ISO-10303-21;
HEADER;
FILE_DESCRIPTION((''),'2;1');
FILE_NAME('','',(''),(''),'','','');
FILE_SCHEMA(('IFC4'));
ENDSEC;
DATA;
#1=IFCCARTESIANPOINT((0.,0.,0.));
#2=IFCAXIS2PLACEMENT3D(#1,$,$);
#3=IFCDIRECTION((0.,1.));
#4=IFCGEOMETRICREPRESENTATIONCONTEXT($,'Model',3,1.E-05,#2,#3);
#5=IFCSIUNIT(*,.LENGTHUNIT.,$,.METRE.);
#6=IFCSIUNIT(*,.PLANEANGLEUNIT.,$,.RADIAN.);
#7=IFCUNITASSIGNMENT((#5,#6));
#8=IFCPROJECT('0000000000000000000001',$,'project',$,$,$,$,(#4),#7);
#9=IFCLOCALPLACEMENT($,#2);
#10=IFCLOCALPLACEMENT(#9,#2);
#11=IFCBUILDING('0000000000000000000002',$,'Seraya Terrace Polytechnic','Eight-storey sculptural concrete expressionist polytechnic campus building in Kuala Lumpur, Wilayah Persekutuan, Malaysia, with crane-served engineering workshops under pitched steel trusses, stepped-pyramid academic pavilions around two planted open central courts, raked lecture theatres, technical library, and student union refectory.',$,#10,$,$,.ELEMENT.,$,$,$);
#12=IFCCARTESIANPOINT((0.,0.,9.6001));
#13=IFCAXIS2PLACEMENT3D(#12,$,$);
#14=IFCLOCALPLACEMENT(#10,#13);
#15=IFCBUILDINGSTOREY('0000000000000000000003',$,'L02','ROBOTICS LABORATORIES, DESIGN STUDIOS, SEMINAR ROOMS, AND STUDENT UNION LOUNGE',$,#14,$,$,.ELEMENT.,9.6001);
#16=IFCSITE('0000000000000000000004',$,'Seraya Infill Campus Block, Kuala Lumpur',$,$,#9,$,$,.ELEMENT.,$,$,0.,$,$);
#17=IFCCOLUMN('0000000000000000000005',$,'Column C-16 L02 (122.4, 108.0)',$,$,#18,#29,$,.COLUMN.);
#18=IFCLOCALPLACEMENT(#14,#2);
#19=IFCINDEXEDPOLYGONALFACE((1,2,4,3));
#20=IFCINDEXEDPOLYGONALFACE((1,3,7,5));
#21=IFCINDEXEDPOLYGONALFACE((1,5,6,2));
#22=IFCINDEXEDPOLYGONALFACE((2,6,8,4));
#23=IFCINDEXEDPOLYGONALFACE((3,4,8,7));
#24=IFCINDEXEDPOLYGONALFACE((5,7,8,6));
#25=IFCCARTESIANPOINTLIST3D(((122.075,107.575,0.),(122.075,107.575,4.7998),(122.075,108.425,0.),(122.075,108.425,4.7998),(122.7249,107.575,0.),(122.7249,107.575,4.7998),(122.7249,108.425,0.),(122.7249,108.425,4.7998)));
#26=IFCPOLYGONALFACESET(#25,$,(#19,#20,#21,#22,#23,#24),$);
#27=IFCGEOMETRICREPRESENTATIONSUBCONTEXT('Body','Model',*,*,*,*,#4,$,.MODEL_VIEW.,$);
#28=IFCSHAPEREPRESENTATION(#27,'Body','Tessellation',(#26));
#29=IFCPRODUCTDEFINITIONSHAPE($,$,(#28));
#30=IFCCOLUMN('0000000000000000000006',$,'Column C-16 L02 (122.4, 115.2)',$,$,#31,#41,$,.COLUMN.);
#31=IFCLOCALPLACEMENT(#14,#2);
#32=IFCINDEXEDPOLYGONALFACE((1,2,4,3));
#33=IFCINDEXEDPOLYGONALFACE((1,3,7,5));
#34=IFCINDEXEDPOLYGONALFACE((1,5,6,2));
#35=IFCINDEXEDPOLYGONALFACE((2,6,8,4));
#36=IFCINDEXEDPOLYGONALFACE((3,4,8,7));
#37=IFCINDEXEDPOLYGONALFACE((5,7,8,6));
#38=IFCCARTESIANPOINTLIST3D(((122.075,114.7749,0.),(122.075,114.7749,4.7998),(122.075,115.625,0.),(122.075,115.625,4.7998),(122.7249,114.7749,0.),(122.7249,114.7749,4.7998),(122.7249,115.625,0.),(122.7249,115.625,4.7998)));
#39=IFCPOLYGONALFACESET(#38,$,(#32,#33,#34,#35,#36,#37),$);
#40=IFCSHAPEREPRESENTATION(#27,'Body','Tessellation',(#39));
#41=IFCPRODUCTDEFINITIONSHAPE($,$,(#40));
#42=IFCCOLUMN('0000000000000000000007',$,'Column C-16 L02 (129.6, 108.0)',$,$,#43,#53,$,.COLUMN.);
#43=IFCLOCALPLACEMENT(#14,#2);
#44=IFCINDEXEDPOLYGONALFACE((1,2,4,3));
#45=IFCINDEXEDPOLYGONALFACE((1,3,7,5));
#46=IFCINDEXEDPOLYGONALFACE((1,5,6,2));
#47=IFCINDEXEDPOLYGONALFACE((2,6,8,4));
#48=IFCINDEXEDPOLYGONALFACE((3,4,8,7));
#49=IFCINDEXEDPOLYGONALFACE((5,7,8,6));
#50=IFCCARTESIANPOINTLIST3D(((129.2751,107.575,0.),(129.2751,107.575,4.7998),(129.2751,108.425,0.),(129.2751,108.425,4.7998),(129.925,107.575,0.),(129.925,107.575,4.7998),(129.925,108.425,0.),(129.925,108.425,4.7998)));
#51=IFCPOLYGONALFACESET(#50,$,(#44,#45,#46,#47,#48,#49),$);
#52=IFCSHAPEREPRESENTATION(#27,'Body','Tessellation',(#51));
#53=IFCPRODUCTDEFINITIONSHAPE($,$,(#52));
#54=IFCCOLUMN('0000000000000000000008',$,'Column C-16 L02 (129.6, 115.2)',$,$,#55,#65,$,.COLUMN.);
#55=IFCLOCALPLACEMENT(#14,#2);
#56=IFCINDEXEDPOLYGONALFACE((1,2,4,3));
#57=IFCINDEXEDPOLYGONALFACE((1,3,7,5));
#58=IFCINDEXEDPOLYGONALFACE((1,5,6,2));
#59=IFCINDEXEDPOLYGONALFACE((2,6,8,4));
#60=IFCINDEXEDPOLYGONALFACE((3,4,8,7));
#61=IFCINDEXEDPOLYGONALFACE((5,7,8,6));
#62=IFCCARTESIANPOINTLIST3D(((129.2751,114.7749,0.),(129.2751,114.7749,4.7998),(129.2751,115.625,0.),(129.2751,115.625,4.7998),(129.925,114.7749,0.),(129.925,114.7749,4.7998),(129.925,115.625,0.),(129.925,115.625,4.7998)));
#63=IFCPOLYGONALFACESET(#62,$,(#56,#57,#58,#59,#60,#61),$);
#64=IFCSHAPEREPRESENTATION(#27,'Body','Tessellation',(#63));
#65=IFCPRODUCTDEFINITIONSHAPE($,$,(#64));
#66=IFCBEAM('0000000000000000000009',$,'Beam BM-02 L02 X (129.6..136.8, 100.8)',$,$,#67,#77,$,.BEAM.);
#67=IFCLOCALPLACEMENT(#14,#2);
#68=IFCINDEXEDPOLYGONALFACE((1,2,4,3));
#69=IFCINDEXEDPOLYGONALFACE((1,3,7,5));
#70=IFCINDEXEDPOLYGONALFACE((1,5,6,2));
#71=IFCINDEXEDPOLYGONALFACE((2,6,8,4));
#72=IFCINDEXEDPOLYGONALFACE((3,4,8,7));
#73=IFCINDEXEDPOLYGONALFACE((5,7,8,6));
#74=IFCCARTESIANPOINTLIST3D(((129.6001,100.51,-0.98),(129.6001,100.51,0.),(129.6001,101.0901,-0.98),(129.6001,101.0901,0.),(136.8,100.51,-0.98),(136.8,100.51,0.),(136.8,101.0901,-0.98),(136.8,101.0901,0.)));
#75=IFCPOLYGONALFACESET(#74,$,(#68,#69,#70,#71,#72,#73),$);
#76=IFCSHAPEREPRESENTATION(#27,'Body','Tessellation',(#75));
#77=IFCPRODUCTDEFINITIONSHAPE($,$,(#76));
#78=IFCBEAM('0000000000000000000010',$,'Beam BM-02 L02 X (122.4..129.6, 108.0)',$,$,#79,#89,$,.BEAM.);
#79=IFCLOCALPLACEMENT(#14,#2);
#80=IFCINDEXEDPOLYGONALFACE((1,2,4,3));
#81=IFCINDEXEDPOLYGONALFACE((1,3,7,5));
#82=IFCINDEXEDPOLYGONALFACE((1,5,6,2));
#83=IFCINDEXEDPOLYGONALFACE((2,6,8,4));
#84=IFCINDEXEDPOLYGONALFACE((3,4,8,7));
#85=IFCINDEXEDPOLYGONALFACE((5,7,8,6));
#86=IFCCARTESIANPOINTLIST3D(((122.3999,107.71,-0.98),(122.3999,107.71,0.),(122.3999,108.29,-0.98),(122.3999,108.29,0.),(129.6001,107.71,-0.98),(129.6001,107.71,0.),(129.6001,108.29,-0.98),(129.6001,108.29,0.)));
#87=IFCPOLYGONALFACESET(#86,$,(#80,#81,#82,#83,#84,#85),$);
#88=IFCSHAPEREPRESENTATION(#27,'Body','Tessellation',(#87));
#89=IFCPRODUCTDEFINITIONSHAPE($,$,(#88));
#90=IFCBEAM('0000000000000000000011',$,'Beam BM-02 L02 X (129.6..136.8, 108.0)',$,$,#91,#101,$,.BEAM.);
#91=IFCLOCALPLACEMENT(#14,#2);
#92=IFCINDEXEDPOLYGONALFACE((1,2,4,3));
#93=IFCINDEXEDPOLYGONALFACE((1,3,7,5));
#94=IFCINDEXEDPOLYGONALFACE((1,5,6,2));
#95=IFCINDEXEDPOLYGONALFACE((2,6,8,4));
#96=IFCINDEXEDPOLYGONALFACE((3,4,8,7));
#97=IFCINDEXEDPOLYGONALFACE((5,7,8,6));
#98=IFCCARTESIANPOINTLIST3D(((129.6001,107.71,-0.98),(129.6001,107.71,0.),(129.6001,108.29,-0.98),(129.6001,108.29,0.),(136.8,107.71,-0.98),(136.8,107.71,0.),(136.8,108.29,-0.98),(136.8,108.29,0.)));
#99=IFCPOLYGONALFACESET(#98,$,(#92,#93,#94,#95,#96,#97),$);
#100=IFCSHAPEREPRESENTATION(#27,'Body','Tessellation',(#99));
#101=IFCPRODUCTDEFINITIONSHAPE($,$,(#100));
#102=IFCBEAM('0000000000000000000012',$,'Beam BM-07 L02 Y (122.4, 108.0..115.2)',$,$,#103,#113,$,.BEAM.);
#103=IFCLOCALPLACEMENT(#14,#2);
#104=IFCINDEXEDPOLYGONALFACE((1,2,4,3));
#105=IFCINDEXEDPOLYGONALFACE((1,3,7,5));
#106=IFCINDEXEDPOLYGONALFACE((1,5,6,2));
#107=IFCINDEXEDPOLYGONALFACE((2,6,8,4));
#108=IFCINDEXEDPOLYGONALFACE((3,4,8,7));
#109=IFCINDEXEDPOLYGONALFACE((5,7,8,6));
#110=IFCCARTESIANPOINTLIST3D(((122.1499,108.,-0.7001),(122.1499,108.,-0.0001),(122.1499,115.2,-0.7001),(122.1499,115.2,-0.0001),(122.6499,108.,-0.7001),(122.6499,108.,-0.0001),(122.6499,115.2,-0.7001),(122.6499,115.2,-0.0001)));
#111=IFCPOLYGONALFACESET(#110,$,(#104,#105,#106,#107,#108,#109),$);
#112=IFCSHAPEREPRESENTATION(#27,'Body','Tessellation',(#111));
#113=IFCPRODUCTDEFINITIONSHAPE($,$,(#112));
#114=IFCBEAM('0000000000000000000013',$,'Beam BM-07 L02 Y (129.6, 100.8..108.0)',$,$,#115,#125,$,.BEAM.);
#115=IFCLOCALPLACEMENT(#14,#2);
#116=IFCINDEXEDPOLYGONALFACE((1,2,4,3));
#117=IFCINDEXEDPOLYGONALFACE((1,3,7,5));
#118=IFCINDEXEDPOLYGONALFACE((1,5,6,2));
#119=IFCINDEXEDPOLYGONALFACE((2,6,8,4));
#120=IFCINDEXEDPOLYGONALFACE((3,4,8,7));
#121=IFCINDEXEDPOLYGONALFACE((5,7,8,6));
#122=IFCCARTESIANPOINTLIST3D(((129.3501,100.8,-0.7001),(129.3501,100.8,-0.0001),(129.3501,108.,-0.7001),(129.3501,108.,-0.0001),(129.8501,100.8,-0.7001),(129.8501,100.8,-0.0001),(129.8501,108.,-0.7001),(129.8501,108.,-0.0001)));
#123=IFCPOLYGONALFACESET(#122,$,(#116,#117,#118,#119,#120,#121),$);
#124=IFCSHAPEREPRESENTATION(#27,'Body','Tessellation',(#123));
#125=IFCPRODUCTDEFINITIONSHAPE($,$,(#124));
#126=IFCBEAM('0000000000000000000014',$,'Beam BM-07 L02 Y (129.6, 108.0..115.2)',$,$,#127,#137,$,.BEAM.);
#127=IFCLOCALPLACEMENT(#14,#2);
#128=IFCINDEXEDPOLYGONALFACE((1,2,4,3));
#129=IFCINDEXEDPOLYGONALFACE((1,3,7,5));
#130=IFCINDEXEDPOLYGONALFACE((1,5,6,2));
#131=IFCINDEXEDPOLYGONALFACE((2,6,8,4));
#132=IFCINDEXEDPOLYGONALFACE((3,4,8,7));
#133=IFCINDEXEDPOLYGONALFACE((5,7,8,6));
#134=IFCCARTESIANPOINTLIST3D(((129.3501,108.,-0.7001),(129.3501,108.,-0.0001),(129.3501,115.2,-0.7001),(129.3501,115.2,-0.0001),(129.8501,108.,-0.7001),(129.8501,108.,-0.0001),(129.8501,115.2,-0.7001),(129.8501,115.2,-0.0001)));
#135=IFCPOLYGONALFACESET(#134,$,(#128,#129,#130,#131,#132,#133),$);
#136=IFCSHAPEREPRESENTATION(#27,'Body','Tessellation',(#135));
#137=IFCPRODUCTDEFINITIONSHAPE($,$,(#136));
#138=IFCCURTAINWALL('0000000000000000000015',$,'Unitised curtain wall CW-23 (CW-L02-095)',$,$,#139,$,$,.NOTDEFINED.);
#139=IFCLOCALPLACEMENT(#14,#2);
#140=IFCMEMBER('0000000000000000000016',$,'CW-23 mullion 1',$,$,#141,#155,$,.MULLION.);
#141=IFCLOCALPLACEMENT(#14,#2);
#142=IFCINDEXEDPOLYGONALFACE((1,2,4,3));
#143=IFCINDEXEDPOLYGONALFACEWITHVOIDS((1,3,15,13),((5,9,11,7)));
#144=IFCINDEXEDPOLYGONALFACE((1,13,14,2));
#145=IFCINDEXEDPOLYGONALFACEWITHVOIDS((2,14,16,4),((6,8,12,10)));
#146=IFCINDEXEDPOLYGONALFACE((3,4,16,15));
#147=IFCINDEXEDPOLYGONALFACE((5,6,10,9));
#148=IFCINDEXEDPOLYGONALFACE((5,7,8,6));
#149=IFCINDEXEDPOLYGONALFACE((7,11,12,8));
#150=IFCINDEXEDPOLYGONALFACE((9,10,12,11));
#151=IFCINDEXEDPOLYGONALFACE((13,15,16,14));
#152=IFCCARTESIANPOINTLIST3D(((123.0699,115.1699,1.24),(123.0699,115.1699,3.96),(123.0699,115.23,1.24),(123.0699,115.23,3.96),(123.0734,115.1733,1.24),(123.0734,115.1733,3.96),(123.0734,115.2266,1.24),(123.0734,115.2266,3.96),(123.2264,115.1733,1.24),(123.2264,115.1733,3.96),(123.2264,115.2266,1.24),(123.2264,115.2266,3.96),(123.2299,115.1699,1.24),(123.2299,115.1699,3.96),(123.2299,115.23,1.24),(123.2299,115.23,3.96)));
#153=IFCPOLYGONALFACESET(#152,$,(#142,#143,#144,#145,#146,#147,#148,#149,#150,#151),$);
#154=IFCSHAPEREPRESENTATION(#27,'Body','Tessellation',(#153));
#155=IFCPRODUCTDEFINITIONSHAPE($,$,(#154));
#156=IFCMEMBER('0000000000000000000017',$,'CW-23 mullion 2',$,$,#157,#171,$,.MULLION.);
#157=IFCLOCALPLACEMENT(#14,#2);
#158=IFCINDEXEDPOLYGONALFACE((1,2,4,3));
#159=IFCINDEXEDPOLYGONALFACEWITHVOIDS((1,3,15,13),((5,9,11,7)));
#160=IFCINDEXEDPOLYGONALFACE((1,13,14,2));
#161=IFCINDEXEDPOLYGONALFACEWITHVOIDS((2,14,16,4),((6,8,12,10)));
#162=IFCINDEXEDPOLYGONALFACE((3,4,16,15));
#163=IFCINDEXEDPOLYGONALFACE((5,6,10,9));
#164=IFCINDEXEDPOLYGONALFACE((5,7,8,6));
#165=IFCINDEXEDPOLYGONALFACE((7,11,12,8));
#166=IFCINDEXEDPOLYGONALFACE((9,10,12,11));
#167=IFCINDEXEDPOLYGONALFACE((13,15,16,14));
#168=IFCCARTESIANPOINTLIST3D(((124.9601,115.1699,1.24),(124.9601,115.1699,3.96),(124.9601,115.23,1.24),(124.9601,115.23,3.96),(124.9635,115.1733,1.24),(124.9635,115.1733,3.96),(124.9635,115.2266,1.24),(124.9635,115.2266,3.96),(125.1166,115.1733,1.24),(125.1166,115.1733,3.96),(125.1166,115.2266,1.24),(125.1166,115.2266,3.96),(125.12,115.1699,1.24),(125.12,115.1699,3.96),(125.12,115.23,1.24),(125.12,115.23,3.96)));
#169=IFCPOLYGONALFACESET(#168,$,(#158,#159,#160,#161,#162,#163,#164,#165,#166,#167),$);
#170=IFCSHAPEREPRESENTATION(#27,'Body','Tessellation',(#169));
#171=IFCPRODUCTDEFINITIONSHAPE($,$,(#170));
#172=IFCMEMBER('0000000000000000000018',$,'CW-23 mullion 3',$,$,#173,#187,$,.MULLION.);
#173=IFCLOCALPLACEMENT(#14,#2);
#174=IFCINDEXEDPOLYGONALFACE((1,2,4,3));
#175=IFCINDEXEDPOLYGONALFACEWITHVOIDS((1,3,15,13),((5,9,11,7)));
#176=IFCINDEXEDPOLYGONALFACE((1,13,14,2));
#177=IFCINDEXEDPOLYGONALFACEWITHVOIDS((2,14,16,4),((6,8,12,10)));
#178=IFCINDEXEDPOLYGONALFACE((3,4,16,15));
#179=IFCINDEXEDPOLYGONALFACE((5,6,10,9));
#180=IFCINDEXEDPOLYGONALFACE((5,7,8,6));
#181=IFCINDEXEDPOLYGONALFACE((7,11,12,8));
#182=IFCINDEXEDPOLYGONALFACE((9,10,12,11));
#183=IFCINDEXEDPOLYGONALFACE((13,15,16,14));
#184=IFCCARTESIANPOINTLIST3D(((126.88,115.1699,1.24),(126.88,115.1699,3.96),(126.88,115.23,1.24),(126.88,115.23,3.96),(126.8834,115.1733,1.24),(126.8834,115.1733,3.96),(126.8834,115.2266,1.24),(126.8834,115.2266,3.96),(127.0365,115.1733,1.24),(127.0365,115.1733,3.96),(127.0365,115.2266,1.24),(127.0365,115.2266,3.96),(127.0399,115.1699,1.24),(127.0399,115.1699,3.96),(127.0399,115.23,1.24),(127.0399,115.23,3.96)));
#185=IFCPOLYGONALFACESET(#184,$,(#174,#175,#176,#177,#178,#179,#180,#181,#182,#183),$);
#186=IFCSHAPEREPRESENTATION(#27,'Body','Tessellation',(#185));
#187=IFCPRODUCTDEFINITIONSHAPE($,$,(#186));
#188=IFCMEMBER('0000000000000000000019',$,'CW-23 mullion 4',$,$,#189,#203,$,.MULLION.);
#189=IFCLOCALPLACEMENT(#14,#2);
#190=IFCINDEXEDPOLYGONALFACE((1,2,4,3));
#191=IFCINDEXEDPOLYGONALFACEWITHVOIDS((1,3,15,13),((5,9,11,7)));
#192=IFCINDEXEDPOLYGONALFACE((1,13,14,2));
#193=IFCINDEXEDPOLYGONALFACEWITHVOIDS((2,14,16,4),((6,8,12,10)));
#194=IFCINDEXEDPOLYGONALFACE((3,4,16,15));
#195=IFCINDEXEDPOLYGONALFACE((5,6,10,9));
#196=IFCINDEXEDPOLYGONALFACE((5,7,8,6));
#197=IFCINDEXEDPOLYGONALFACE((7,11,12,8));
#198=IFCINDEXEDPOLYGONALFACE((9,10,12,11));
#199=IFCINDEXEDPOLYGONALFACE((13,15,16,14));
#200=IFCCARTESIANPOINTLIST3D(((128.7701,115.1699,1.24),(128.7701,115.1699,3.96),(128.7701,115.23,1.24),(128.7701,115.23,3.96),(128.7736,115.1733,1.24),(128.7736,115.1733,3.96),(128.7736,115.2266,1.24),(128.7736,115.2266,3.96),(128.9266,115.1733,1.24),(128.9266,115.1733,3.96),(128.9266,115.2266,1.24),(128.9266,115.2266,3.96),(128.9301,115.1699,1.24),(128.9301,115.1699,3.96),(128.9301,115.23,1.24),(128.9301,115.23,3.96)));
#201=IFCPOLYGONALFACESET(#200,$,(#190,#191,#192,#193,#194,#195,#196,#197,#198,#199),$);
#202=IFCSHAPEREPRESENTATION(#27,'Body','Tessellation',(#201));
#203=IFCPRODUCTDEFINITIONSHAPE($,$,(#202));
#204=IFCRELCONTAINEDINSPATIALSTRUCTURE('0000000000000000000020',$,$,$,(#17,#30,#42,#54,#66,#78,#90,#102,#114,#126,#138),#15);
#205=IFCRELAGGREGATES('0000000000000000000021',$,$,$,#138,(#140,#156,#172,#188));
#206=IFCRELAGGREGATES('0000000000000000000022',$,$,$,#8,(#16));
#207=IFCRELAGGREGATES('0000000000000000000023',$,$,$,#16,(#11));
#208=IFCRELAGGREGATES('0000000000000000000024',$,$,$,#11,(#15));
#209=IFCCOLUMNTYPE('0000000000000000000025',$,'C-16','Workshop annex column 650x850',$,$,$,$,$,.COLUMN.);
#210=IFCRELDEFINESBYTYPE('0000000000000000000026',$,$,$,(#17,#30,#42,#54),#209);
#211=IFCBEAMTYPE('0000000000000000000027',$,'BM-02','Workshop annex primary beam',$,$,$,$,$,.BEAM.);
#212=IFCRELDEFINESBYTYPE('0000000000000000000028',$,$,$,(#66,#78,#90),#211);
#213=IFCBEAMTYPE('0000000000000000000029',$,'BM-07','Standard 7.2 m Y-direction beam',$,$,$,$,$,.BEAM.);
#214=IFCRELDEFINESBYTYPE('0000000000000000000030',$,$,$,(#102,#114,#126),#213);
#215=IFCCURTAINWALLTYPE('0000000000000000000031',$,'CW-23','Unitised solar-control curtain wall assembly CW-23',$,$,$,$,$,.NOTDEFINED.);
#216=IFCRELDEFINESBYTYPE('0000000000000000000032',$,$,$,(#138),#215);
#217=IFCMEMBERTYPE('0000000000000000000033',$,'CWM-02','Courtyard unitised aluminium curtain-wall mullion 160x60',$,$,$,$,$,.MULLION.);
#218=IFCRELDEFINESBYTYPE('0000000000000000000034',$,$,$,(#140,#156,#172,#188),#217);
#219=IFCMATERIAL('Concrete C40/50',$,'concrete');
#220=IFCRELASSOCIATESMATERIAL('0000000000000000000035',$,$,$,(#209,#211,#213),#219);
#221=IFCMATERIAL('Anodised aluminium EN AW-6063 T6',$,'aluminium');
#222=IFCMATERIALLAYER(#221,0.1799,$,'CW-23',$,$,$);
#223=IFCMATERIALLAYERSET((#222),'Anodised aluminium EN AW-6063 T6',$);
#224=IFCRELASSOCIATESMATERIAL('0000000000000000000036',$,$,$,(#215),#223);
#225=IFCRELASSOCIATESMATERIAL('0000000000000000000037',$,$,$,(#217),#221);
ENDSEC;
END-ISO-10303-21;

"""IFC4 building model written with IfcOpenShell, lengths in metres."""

from ifc_helpers import new_model, si_unit, direction, frame, origin, origin_2d, place, context, subcontext, project, spatial, rectangle, hollow_rectangle, extrude, material, layer, layer_set, material_profile, profile_set, type_object, element, aggregate, save


model = new_model("IFC4")

# Units and contexts
model_context = context("Model", 3, precision=1e-05, world=origin(), true_north=direction((0.0, 1.0)))
body_context = subcontext(model_context, "Body", "Model", "MODEL_VIEW")
ifc_project = project(units=[si_unit("LENGTHUNIT", "METRE"), si_unit("PLANEANGLEUNIT", "RADIAN")], contexts=[model_context])

# Site, building, storey
site_placement = place(None, origin())
site = spatial("IfcSite", under=ifc_project, at=site_placement, Name="Seraya Infill Campus Block, Kuala Lumpur", CompositionType="ELEMENT", RefElevation=0.0)
building_placement = place(site_placement, origin())
building = spatial("IfcBuilding", under=site, at=building_placement, Name="Seraya Terrace Polytechnic", Description="Eight-storey sculptural concrete expressionist polytechnic campus building in Kuala Lumpur, Wilayah Persekutuan, Malaysia, with crane-served engineering workshops under pitched steel trusses, stepped-pyramid academic pavilions around two planted open central courts, raked lecture theatres, technical library, and student union refectory.", CompositionType="ELEMENT")
storey_placement = place(building_placement, frame((0.0, 0.0, 9.6001)))
storey = spatial("IfcBuildingStorey", under=building, at=storey_placement, Name="L02", Description="ROBOTICS LABORATORIES, DESIGN STUDIOS, SEMINAR ROOMS, AND STUDENT UNION LOUNGE", CompositionType="ELEMENT", Elevation=9.6001)

# Columns
ifc_material_1 = material(Name="Concrete C40/50", Category="concrete")
ifc_material_profile_1 = material_profile(ifc_material_1, rectangle(XDim=0.6499, YDim=0.8501, at=origin_2d()), Name="RC 650x850")
ifc_profile_set_1 = profile_set([ifc_material_profile_1], Name="Concrete C40/50")
column_type = type_object("IfcColumnType", Name="C-16", Description="Workshop annex column 650x850", PredefinedType="COLUMN", material=ifc_profile_set_1)
for number, where, z_axis, x_axis, name in (
    (1, (122.3999, 108.0, 0.0), (0.0, 0.0, 1.0), (1.0, 0.0, 0.0), "Column C-16 L02 (122.4, 108.0)"),
    (2, (122.3999, 115.2, 0.0), (0.0, 0.0, 1.0), (1.0, 0.0, 0.0), "Column C-16 L02 (122.4, 115.2)"),
    (3, (129.6001, 108.0, 0.0), (0.0, 0.0, 1.0), (1.0, 0.0, 0.0), "Column C-16 L02 (129.6, 108.0)"),
    (4, (129.6001, 115.2, 0.0), (0.0, 0.0, 1.0), (1.0, 0.0, 0.0), "Column C-16 L02 (129.6, 115.2)"),
):
    element("IfcColumn", number, at=place(storey_placement, frame(where, z_axis=z_axis, x_axis=x_axis)), inside=storey, type_object=column_type, Name=name, PredefinedType="COLUMN", context=body_context, shape_type="SweptSolid", body=[
        extrude(rectangle(XDim=0.6499, YDim=0.8501, at=origin_2d()), origin(), (0.0, 0.0, 1.0), 4.7998),
    ])

# Beams
ifc_material_profile_2 = material_profile(ifc_material_1, rectangle(XDim=0.5801, YDim=0.98, at=origin_2d()), Name="RC 580x980")
ifc_profile_set_2 = profile_set([ifc_material_profile_2], Name="Concrete C40/50")
beam_type_1 = type_object("IfcBeamType", Name="BM-02", Description="Workshop annex primary beam", PredefinedType="BEAM", material=ifc_profile_set_2)
beam_1_placement = place(storey_placement, frame((129.6001, 100.8, -0.49), z_axis=(1.0, 0.0, 0.0), x_axis=(0.0, 1.0, 0.0)))
element("IfcBeam", 5, at=beam_1_placement, inside=storey, type_object=beam_type_1, Name="Beam BM-02 L02 X (129.6..136.8, 100.8)", PredefinedType="BEAM", context=body_context, shape_type="SweptSolid", body=[
    extrude(rectangle(XDim=0.5801, YDim=0.98, at=origin_2d()), origin(), (0.0, 0.0, 1.0), 7.2),
])
beam_2_placement = place(storey_placement, frame((122.3999, 108.0, -0.49), z_axis=(1.0, 0.0, 0.0), x_axis=(0.0, 1.0, 0.0)))
element("IfcBeam", 6, at=beam_2_placement, inside=storey, type_object=beam_type_1, Name="Beam BM-02 L02 X (122.4..129.6, 108.0)", PredefinedType="BEAM", context=body_context, shape_type="SweptSolid", body=[
    extrude(rectangle(XDim=0.5801, YDim=0.98, at=origin_2d()), origin(), (0.0, 0.0, 1.0), 7.2002),
])
beam_3_placement = place(storey_placement, frame((129.6001, 108.0, -0.49), z_axis=(1.0, 0.0, 0.0), x_axis=(0.0, 1.0, 0.0)))
element("IfcBeam", 7, at=beam_3_placement, inside=storey, type_object=beam_type_1, Name="Beam BM-02 L02 X (129.6..136.8, 108.0)", PredefinedType="BEAM", context=body_context, shape_type="SweptSolid", body=[
    extrude(rectangle(XDim=0.5801, YDim=0.98, at=origin_2d()), origin(), (0.0, 0.0, 1.0), 7.2),
])
ifc_material_profile_3 = material_profile(ifc_material_1, rectangle(XDim=0.5, YDim=0.7, at=origin_2d()), Name="RC 500x700")
ifc_profile_set_3 = profile_set([ifc_material_profile_3], Name="Concrete C40/50")
beam_type_2 = type_object("IfcBeamType", Name="BM-07", Description="Standard 7.2 m Y-direction beam", PredefinedType="BEAM", material=ifc_profile_set_3)
for number, where, z_axis, x_axis, name in (
    (8, (122.3999, 108.0, -0.3501), (0.0, 1.0, 0.0), (-1.0, 0.0, 0.0), "Beam BM-07 L02 Y (122.4, 108.0..115.2)"),
    (9, (129.6001, 100.8, -0.3501), (0.0, 1.0, 0.0), (-1.0, 0.0, 0.0), "Beam BM-07 L02 Y (129.6, 100.8..108.0)"),
    (10, (129.6001, 108.0, -0.3501), (0.0, 1.0, 0.0), (-1.0, 0.0, 0.0), "Beam BM-07 L02 Y (129.6, 108.0..115.2)"),
):
    element("IfcBeam", number, at=place(storey_placement, frame(where, z_axis=z_axis, x_axis=x_axis)), inside=storey, type_object=beam_type_2, Name=name, PredefinedType="BEAM", context=body_context, shape_type="SweptSolid", body=[
        extrude(rectangle(XDim=0.5, YDim=0.7, at=origin_2d()), origin(), (0.0, 0.0, 1.0), 7.2),
    ])

# Curtain wall, members
ifc_material_2 = material(Name="Anodised aluminium EN AW-6063 T6", Category="aluminium")
ifc_layer_1 = layer(ifc_material_2, 0.1799, Name="CW-23")
ifc_layer_set_1 = layer_set([ifc_layer_1], Name="Anodised aluminium EN AW-6063 T6")
curtain_wall_type = type_object("IfcCurtainWallType", Name="CW-23", Description="Unitised solar-control curtain wall assembly CW-23", PredefinedType="NOTDEFINED", material=ifc_layer_set_1)
curtain_wall_placement = place(storey_placement, origin())
curtain_wall = element("IfcCurtainWall", 11, at=curtain_wall_placement, inside=storey, type_object=curtain_wall_type, Name="Unitised curtain wall CW-23 (CW-L02-095)", PredefinedType="NOTDEFINED")
ifc_material_profile_4 = material_profile(ifc_material_2, hollow_rectangle(XDim=0.0601, YDim=0.1599, WallThickness=0.0034, at=origin_2d()), Name="RHS 160x60x3.5")
ifc_profile_set_4 = profile_set([ifc_material_profile_4], Name="Anodised aluminium EN AW-6063 T6")
member_type_1 = type_object("IfcMemberType", Name="CWM-02", Description="Courtyard unitised aluminium curtain-wall mullion 160x60", PredefinedType="MULLION", material=ifc_profile_set_4)
member_1_placement = place(storey_placement, frame((123.1499, 115.2, 1.24), z_axis=(0.0, 0.0, 1.0), x_axis=(0.0, 1.0, 0.0)))
member_1 = element("IfcMember", 12, at=member_1_placement, type_object=member_type_1, Name="CW-23 mullion 1", PredefinedType="MULLION", context=body_context, shape_type="SweptSolid", body=[
    extrude(hollow_rectangle(XDim=0.0601, YDim=0.1599, WallThickness=0.0034, at=origin_2d()), origin(), (0.0, 0.0, 1.0), 2.72),
])
member_2_placement = place(storey_placement, frame((125.04, 115.2, 1.24), z_axis=(0.0, 0.0, 1.0), x_axis=(0.0, 1.0, 0.0)))
member_2 = element("IfcMember", 13, at=member_2_placement, type_object=member_type_1, Name="CW-23 mullion 2", PredefinedType="MULLION", context=body_context, shape_type="SweptSolid", body=[
    extrude(hollow_rectangle(XDim=0.0601, YDim=0.1599, WallThickness=0.0034, at=origin_2d()), origin(), (0.0, 0.0, 1.0), 2.72),
])
member_3_placement = place(storey_placement, frame((126.96, 115.2, 1.24), z_axis=(0.0, 0.0, 1.0), x_axis=(0.0, 1.0, 0.0)))
member_3 = element("IfcMember", 14, at=member_3_placement, type_object=member_type_1, Name="CW-23 mullion 3", PredefinedType="MULLION", context=body_context, shape_type="SweptSolid", body=[
    extrude(hollow_rectangle(XDim=0.0601, YDim=0.1599, WallThickness=0.0034, at=origin_2d()), origin(), (0.0, 0.0, 1.0), 2.72),
])
member_4_placement = place(storey_placement, frame((128.8501, 115.2, 1.24), z_axis=(0.0, 0.0, 1.0), x_axis=(0.0, 1.0, 0.0)))
member_4 = element("IfcMember", 15, at=member_4_placement, type_object=member_type_1, Name="CW-23 mullion 4", PredefinedType="MULLION", context=body_context, shape_type="SweptSolid", body=[
    extrude(hollow_rectangle(XDim=0.0601, YDim=0.1599, WallThickness=0.0034, at=origin_2d()), origin(), (0.0, 0.0, 1.0), 2.72),
])

aggregate(curtain_wall, [member_1, member_2, member_3, member_4])

save(model, "model.ifc")
